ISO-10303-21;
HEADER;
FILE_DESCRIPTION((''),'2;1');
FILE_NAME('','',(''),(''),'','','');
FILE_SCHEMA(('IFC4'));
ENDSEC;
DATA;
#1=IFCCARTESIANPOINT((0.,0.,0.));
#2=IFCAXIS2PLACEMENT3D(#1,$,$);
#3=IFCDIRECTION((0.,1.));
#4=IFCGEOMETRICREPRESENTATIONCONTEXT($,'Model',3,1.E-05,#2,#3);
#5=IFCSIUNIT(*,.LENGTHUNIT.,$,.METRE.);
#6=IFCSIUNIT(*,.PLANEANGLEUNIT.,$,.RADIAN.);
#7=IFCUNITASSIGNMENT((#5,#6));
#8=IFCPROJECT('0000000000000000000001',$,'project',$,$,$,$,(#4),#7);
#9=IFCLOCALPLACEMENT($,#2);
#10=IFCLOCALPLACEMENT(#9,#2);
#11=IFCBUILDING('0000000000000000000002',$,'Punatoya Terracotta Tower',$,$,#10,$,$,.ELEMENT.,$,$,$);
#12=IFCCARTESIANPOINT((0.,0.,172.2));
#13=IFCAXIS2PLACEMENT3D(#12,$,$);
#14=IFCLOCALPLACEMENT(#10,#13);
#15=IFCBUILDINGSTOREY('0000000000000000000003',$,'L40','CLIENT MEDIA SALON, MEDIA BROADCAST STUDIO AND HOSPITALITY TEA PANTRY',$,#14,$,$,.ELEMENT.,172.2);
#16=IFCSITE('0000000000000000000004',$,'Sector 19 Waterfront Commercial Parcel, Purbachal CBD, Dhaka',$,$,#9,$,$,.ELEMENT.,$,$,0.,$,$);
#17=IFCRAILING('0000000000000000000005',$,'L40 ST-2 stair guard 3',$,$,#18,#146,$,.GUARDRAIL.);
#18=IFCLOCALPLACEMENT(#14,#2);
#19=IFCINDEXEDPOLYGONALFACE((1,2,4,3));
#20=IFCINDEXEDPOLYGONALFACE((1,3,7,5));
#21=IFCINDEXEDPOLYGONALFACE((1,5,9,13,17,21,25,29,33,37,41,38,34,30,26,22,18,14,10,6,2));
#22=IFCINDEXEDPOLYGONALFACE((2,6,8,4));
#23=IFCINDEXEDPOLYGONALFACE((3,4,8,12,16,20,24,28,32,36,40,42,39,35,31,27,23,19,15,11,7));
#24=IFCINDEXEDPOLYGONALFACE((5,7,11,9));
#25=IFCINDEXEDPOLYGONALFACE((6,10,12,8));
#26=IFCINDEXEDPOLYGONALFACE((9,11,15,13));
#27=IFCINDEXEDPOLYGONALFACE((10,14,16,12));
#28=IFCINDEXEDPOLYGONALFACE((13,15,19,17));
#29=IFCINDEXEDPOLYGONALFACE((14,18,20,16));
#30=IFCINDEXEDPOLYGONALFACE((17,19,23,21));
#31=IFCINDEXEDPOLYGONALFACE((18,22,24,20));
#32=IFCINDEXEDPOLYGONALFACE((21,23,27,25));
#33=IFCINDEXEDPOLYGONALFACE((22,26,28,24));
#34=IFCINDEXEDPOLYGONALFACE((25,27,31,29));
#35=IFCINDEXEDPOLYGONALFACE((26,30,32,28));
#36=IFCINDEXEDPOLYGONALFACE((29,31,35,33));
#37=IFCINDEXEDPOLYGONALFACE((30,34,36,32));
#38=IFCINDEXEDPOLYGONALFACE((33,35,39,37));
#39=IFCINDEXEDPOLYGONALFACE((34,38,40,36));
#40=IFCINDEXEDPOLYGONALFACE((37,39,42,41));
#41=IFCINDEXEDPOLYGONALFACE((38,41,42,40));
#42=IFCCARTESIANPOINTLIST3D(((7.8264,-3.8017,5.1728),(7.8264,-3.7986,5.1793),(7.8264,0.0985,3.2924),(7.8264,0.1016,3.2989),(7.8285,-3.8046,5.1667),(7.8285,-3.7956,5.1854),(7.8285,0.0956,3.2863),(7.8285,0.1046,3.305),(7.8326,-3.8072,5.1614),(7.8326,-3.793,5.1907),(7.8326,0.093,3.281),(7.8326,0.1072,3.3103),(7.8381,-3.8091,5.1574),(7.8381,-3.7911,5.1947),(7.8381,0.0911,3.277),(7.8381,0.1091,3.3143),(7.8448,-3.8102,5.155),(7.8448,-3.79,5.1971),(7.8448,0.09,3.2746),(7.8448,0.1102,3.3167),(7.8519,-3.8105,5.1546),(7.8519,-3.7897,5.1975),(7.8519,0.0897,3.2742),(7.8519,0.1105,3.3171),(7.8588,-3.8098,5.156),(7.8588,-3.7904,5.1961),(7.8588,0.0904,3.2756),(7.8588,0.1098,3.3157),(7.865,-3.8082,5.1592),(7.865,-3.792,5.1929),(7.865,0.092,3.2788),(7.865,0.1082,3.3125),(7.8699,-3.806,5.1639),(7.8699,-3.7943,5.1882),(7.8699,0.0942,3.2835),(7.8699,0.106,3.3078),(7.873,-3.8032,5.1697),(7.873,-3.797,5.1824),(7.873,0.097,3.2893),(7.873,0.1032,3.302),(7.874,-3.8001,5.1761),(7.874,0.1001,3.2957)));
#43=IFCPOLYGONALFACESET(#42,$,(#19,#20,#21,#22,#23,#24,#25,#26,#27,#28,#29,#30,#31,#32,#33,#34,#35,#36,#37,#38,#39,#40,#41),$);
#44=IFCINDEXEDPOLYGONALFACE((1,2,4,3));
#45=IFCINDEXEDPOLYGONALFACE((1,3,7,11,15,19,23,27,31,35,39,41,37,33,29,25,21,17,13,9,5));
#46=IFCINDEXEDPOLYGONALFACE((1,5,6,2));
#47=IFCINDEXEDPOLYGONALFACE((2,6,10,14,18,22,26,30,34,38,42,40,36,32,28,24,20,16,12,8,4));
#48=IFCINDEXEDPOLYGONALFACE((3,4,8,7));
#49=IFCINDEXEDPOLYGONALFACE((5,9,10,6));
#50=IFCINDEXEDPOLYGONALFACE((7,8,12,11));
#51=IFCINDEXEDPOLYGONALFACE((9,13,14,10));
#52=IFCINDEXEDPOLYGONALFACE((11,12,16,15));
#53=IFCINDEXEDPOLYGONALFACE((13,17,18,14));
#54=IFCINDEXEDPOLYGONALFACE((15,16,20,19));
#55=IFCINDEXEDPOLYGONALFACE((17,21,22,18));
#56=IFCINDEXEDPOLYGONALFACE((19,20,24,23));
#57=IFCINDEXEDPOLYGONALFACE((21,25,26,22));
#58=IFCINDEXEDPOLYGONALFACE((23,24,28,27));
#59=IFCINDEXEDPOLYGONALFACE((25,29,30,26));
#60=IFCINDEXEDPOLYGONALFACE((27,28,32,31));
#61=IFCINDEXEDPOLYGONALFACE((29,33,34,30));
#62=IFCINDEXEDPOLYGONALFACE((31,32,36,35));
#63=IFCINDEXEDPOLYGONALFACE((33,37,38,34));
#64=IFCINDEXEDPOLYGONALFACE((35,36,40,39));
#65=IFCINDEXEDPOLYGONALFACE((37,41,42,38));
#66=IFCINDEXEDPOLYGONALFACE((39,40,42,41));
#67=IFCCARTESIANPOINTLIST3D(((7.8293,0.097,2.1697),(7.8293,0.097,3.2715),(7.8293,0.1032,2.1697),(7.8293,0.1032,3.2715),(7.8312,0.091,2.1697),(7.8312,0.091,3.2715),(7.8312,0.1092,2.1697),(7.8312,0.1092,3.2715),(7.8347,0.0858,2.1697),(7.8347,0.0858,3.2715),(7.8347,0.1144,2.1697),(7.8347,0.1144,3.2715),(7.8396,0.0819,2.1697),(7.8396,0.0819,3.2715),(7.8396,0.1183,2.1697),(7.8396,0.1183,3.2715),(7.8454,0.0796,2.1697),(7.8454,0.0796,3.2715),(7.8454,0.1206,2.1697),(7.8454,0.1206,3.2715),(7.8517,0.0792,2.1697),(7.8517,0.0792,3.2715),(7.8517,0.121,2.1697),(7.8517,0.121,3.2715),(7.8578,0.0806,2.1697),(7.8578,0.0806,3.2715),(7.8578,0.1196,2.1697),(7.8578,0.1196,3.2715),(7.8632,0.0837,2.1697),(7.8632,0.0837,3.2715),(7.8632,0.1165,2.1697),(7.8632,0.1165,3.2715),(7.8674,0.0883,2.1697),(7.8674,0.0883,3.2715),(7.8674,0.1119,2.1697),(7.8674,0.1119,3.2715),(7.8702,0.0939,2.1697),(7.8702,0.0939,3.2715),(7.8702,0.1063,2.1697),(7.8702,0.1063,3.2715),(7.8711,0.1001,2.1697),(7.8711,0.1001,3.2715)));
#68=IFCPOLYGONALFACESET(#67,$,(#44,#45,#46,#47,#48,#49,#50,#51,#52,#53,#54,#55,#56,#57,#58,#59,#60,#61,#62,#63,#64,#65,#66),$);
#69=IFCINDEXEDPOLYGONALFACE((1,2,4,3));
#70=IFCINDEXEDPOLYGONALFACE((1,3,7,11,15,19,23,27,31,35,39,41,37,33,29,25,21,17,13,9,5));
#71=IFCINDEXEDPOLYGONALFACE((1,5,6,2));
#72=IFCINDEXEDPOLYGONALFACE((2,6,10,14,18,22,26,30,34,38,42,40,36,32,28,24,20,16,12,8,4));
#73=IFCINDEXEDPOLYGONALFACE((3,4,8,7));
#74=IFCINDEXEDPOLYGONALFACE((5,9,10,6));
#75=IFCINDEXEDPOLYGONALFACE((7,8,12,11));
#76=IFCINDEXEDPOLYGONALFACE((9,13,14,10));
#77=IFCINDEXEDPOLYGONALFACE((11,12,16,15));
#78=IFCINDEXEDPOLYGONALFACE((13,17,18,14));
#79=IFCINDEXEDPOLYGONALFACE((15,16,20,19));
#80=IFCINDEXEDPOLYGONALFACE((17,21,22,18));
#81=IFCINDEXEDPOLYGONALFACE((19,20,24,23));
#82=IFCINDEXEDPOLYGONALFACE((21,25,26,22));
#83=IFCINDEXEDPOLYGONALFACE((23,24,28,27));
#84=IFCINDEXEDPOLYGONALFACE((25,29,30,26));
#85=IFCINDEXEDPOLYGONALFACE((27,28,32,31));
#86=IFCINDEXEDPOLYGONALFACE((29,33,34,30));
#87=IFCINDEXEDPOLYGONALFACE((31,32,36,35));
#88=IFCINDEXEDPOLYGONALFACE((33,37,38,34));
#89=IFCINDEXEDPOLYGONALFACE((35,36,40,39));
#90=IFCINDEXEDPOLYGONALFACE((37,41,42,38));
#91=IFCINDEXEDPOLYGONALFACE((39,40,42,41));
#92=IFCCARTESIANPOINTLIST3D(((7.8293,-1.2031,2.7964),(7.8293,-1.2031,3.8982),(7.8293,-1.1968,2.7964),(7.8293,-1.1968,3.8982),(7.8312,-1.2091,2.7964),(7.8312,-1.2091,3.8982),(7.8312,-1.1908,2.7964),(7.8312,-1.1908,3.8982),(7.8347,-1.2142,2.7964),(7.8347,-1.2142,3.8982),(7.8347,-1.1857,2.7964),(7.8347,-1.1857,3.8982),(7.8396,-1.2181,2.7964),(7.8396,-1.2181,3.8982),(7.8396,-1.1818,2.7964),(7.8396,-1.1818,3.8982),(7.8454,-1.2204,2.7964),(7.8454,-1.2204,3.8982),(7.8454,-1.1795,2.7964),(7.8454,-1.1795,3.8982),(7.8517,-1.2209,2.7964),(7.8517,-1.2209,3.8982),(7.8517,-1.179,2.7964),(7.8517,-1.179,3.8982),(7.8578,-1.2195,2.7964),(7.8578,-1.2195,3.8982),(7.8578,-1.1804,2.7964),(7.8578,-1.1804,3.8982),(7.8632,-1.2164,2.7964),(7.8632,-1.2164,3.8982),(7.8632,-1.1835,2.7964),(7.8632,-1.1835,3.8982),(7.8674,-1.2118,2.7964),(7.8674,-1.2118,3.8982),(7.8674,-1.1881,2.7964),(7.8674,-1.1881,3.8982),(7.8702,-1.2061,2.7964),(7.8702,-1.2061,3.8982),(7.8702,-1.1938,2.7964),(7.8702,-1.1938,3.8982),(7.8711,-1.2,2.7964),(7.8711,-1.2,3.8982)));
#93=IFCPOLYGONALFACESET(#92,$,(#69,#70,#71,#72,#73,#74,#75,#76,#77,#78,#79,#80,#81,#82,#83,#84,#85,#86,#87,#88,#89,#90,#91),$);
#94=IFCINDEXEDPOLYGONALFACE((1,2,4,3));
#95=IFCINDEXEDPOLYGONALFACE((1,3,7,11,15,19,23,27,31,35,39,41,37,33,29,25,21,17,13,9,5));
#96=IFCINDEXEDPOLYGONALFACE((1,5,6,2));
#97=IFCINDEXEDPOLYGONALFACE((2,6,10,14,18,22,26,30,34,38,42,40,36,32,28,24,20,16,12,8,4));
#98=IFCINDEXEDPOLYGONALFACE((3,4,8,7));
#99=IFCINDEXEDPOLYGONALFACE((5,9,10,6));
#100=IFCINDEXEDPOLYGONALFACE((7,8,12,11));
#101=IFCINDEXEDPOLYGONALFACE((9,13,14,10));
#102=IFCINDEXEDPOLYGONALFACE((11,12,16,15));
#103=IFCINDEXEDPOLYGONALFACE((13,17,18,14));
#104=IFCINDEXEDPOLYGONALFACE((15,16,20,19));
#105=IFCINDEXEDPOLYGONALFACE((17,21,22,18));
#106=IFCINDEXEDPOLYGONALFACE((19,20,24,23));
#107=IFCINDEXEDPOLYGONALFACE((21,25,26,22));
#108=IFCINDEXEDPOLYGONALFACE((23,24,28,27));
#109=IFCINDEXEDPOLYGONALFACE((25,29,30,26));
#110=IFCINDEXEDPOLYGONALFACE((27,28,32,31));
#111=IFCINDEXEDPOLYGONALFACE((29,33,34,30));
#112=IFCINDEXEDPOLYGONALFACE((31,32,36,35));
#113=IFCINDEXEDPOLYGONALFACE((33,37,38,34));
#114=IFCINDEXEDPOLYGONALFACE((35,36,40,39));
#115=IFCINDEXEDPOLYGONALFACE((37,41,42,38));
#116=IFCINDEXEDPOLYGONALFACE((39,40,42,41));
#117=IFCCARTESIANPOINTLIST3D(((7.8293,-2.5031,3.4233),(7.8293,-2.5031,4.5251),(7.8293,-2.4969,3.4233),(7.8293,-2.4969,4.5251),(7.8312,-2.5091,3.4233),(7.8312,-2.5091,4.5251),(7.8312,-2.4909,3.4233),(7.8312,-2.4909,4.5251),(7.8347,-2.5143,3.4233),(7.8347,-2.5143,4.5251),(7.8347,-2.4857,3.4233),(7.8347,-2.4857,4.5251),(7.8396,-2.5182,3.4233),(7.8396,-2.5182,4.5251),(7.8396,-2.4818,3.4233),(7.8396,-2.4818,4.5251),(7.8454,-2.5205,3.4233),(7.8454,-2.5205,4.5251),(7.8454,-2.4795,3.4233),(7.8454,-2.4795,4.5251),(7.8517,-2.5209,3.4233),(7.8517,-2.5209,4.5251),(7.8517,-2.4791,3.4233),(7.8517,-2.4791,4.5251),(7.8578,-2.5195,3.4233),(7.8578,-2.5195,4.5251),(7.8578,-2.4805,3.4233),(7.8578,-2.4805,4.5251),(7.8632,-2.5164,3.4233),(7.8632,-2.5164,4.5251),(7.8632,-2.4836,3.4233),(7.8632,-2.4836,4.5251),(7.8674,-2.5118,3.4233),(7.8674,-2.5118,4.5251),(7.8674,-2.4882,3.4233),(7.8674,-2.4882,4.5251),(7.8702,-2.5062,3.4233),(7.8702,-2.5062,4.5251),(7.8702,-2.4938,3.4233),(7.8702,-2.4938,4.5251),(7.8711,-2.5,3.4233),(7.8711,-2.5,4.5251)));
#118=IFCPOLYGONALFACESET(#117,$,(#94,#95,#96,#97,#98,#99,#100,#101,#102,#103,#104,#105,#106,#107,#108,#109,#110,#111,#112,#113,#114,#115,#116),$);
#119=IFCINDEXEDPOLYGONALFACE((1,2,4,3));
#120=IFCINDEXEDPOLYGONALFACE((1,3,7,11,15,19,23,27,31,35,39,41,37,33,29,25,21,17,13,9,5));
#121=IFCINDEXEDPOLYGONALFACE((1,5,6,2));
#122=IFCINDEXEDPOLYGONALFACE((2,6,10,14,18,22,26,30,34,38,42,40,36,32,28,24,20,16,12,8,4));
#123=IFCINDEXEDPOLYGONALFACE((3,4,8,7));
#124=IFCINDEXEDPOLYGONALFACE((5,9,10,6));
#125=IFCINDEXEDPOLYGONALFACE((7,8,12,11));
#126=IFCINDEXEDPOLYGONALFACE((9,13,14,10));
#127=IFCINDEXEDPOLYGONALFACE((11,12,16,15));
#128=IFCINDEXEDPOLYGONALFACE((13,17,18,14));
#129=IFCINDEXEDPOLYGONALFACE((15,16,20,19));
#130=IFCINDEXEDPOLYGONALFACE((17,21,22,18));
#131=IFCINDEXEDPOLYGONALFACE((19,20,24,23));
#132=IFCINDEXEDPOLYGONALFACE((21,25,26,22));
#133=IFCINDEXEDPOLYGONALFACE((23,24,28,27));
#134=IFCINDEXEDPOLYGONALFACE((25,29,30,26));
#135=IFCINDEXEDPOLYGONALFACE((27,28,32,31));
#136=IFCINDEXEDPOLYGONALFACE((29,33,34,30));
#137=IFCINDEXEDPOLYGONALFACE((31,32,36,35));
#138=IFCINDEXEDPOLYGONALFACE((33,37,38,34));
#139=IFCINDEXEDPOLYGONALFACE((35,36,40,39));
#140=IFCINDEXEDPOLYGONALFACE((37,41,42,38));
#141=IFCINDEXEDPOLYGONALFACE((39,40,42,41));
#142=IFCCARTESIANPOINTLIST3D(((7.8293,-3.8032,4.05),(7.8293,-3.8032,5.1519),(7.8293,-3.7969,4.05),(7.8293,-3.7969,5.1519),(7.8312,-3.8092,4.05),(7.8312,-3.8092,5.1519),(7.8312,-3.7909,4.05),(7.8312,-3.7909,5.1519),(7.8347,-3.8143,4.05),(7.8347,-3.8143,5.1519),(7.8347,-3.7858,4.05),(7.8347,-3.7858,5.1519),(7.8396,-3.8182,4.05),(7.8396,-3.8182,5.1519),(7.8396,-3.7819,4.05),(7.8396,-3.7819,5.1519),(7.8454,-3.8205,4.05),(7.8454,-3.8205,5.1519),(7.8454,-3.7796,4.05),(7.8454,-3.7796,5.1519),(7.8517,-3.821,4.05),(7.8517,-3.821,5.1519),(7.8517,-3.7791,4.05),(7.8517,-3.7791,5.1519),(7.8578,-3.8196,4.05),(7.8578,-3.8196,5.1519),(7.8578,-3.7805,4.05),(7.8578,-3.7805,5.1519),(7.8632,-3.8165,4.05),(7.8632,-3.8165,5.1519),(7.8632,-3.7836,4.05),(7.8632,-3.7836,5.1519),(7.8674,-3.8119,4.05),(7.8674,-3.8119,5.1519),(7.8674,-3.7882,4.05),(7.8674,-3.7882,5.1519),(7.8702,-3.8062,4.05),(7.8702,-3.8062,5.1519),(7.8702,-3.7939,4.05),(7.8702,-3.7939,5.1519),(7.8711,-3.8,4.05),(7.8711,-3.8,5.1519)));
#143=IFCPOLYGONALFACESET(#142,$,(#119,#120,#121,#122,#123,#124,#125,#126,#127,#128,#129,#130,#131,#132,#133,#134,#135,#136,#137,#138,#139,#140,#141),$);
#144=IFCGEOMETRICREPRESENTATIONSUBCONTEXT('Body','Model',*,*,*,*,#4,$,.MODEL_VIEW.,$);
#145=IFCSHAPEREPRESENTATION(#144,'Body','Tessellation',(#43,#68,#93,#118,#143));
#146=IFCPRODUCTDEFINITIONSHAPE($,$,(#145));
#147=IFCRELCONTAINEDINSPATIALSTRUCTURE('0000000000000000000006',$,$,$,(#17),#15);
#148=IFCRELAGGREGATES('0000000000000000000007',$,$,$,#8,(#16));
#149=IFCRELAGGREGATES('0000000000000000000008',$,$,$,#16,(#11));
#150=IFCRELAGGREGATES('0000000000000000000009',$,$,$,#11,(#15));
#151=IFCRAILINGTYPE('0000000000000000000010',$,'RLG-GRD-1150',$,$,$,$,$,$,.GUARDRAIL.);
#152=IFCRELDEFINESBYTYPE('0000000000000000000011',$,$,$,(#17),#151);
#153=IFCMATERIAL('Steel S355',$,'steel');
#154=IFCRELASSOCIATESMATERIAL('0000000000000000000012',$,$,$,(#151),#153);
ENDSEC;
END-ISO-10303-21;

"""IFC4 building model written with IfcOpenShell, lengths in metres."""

from ifc_helpers import new_model, si_unit, direction, frame, origin, origin_2d, place, context, subcontext, project, spatial, circle, extrude, material, type_object, element, save


model = new_model("IFC4")

# Units and contexts
model_context = context("Model", 3, precision=1e-05, world=origin(), true_north=direction((0.0, 1.0)))
body_context = subcontext(model_context, "Body", "Model", "MODEL_VIEW")
ifc_project = project(units=[si_unit("LENGTHUNIT", "METRE"), si_unit("PLANEANGLEUNIT", "RADIAN")], contexts=[model_context])

# Site, building, storey
site_placement = place(None, origin())
site = spatial("IfcSite", under=ifc_project, at=site_placement, Name="Sector 19 Waterfront Commercial Parcel, Purbachal CBD, Dhaka", CompositionType="ELEMENT", RefElevation=0.0)
building_placement = place(site_placement, origin())
building = spatial("IfcBuilding", under=site, at=building_placement, Name="Punatoya Terracotta Tower", CompositionType="ELEMENT")
storey_placement = place(building_placement, frame((0.0, 0.0, 172.2)))
storey = spatial("IfcBuildingStorey", under=building, at=storey_placement, Name="L40", Description="CLIENT MEDIA SALON, MEDIA BROADCAST STUDIO AND HOSPITALITY TEA PANTRY", CompositionType="ELEMENT", Elevation=172.2)

# Shared definitions
ifc_material_1 = material(Name="Steel S355", Category="steel")

# Railing
railing_type_1 = type_object("IfcRailingType", Name="RLG-GRD-1150", PredefinedType="GUARDRAIL", material=ifc_material_1)
railing_1_placement = place(storey_placement, frame((7.8501, 0.1001, 2.1697)))
element("IfcRailing", 1, at=railing_1_placement, inside=storey, type_object=railing_type_1, Name="L40 ST-2 stair guard 3", PredefinedType="GUARDRAIL", context=body_context, shape_type="SweptSolid", body=[
    extrude(circle(Radius=0.0239, at=origin_2d()), frame((0.0, 0.0, 1.126), z_axis=(0.0, -0.900774, 0.434289), x_axis=(1.0, 0.0, 0.0)), (0.0, 0.0, 1.0), 4.3298),
    extrude(circle(Radius=0.021, at=origin_2d()), origin(), (0.0, 0.0, 1.0), 1.1018),
    extrude(circle(Radius=0.021, at=origin_2d()), frame((0.0, -1.3, 0.6267)), (0.0, 0.0, 1.0), 1.1018),
    extrude(circle(Radius=0.021, at=origin_2d()), frame((0.0, -2.6001, 1.2537)), (0.0, 0.0, 1.0), 1.1018),
    extrude(circle(Radius=0.021, at=origin_2d()), frame((0.0, -3.9001, 1.8804)), (0.0, 0.0, 1.0), 1.1018),
])

save(model, "model.ifc")
